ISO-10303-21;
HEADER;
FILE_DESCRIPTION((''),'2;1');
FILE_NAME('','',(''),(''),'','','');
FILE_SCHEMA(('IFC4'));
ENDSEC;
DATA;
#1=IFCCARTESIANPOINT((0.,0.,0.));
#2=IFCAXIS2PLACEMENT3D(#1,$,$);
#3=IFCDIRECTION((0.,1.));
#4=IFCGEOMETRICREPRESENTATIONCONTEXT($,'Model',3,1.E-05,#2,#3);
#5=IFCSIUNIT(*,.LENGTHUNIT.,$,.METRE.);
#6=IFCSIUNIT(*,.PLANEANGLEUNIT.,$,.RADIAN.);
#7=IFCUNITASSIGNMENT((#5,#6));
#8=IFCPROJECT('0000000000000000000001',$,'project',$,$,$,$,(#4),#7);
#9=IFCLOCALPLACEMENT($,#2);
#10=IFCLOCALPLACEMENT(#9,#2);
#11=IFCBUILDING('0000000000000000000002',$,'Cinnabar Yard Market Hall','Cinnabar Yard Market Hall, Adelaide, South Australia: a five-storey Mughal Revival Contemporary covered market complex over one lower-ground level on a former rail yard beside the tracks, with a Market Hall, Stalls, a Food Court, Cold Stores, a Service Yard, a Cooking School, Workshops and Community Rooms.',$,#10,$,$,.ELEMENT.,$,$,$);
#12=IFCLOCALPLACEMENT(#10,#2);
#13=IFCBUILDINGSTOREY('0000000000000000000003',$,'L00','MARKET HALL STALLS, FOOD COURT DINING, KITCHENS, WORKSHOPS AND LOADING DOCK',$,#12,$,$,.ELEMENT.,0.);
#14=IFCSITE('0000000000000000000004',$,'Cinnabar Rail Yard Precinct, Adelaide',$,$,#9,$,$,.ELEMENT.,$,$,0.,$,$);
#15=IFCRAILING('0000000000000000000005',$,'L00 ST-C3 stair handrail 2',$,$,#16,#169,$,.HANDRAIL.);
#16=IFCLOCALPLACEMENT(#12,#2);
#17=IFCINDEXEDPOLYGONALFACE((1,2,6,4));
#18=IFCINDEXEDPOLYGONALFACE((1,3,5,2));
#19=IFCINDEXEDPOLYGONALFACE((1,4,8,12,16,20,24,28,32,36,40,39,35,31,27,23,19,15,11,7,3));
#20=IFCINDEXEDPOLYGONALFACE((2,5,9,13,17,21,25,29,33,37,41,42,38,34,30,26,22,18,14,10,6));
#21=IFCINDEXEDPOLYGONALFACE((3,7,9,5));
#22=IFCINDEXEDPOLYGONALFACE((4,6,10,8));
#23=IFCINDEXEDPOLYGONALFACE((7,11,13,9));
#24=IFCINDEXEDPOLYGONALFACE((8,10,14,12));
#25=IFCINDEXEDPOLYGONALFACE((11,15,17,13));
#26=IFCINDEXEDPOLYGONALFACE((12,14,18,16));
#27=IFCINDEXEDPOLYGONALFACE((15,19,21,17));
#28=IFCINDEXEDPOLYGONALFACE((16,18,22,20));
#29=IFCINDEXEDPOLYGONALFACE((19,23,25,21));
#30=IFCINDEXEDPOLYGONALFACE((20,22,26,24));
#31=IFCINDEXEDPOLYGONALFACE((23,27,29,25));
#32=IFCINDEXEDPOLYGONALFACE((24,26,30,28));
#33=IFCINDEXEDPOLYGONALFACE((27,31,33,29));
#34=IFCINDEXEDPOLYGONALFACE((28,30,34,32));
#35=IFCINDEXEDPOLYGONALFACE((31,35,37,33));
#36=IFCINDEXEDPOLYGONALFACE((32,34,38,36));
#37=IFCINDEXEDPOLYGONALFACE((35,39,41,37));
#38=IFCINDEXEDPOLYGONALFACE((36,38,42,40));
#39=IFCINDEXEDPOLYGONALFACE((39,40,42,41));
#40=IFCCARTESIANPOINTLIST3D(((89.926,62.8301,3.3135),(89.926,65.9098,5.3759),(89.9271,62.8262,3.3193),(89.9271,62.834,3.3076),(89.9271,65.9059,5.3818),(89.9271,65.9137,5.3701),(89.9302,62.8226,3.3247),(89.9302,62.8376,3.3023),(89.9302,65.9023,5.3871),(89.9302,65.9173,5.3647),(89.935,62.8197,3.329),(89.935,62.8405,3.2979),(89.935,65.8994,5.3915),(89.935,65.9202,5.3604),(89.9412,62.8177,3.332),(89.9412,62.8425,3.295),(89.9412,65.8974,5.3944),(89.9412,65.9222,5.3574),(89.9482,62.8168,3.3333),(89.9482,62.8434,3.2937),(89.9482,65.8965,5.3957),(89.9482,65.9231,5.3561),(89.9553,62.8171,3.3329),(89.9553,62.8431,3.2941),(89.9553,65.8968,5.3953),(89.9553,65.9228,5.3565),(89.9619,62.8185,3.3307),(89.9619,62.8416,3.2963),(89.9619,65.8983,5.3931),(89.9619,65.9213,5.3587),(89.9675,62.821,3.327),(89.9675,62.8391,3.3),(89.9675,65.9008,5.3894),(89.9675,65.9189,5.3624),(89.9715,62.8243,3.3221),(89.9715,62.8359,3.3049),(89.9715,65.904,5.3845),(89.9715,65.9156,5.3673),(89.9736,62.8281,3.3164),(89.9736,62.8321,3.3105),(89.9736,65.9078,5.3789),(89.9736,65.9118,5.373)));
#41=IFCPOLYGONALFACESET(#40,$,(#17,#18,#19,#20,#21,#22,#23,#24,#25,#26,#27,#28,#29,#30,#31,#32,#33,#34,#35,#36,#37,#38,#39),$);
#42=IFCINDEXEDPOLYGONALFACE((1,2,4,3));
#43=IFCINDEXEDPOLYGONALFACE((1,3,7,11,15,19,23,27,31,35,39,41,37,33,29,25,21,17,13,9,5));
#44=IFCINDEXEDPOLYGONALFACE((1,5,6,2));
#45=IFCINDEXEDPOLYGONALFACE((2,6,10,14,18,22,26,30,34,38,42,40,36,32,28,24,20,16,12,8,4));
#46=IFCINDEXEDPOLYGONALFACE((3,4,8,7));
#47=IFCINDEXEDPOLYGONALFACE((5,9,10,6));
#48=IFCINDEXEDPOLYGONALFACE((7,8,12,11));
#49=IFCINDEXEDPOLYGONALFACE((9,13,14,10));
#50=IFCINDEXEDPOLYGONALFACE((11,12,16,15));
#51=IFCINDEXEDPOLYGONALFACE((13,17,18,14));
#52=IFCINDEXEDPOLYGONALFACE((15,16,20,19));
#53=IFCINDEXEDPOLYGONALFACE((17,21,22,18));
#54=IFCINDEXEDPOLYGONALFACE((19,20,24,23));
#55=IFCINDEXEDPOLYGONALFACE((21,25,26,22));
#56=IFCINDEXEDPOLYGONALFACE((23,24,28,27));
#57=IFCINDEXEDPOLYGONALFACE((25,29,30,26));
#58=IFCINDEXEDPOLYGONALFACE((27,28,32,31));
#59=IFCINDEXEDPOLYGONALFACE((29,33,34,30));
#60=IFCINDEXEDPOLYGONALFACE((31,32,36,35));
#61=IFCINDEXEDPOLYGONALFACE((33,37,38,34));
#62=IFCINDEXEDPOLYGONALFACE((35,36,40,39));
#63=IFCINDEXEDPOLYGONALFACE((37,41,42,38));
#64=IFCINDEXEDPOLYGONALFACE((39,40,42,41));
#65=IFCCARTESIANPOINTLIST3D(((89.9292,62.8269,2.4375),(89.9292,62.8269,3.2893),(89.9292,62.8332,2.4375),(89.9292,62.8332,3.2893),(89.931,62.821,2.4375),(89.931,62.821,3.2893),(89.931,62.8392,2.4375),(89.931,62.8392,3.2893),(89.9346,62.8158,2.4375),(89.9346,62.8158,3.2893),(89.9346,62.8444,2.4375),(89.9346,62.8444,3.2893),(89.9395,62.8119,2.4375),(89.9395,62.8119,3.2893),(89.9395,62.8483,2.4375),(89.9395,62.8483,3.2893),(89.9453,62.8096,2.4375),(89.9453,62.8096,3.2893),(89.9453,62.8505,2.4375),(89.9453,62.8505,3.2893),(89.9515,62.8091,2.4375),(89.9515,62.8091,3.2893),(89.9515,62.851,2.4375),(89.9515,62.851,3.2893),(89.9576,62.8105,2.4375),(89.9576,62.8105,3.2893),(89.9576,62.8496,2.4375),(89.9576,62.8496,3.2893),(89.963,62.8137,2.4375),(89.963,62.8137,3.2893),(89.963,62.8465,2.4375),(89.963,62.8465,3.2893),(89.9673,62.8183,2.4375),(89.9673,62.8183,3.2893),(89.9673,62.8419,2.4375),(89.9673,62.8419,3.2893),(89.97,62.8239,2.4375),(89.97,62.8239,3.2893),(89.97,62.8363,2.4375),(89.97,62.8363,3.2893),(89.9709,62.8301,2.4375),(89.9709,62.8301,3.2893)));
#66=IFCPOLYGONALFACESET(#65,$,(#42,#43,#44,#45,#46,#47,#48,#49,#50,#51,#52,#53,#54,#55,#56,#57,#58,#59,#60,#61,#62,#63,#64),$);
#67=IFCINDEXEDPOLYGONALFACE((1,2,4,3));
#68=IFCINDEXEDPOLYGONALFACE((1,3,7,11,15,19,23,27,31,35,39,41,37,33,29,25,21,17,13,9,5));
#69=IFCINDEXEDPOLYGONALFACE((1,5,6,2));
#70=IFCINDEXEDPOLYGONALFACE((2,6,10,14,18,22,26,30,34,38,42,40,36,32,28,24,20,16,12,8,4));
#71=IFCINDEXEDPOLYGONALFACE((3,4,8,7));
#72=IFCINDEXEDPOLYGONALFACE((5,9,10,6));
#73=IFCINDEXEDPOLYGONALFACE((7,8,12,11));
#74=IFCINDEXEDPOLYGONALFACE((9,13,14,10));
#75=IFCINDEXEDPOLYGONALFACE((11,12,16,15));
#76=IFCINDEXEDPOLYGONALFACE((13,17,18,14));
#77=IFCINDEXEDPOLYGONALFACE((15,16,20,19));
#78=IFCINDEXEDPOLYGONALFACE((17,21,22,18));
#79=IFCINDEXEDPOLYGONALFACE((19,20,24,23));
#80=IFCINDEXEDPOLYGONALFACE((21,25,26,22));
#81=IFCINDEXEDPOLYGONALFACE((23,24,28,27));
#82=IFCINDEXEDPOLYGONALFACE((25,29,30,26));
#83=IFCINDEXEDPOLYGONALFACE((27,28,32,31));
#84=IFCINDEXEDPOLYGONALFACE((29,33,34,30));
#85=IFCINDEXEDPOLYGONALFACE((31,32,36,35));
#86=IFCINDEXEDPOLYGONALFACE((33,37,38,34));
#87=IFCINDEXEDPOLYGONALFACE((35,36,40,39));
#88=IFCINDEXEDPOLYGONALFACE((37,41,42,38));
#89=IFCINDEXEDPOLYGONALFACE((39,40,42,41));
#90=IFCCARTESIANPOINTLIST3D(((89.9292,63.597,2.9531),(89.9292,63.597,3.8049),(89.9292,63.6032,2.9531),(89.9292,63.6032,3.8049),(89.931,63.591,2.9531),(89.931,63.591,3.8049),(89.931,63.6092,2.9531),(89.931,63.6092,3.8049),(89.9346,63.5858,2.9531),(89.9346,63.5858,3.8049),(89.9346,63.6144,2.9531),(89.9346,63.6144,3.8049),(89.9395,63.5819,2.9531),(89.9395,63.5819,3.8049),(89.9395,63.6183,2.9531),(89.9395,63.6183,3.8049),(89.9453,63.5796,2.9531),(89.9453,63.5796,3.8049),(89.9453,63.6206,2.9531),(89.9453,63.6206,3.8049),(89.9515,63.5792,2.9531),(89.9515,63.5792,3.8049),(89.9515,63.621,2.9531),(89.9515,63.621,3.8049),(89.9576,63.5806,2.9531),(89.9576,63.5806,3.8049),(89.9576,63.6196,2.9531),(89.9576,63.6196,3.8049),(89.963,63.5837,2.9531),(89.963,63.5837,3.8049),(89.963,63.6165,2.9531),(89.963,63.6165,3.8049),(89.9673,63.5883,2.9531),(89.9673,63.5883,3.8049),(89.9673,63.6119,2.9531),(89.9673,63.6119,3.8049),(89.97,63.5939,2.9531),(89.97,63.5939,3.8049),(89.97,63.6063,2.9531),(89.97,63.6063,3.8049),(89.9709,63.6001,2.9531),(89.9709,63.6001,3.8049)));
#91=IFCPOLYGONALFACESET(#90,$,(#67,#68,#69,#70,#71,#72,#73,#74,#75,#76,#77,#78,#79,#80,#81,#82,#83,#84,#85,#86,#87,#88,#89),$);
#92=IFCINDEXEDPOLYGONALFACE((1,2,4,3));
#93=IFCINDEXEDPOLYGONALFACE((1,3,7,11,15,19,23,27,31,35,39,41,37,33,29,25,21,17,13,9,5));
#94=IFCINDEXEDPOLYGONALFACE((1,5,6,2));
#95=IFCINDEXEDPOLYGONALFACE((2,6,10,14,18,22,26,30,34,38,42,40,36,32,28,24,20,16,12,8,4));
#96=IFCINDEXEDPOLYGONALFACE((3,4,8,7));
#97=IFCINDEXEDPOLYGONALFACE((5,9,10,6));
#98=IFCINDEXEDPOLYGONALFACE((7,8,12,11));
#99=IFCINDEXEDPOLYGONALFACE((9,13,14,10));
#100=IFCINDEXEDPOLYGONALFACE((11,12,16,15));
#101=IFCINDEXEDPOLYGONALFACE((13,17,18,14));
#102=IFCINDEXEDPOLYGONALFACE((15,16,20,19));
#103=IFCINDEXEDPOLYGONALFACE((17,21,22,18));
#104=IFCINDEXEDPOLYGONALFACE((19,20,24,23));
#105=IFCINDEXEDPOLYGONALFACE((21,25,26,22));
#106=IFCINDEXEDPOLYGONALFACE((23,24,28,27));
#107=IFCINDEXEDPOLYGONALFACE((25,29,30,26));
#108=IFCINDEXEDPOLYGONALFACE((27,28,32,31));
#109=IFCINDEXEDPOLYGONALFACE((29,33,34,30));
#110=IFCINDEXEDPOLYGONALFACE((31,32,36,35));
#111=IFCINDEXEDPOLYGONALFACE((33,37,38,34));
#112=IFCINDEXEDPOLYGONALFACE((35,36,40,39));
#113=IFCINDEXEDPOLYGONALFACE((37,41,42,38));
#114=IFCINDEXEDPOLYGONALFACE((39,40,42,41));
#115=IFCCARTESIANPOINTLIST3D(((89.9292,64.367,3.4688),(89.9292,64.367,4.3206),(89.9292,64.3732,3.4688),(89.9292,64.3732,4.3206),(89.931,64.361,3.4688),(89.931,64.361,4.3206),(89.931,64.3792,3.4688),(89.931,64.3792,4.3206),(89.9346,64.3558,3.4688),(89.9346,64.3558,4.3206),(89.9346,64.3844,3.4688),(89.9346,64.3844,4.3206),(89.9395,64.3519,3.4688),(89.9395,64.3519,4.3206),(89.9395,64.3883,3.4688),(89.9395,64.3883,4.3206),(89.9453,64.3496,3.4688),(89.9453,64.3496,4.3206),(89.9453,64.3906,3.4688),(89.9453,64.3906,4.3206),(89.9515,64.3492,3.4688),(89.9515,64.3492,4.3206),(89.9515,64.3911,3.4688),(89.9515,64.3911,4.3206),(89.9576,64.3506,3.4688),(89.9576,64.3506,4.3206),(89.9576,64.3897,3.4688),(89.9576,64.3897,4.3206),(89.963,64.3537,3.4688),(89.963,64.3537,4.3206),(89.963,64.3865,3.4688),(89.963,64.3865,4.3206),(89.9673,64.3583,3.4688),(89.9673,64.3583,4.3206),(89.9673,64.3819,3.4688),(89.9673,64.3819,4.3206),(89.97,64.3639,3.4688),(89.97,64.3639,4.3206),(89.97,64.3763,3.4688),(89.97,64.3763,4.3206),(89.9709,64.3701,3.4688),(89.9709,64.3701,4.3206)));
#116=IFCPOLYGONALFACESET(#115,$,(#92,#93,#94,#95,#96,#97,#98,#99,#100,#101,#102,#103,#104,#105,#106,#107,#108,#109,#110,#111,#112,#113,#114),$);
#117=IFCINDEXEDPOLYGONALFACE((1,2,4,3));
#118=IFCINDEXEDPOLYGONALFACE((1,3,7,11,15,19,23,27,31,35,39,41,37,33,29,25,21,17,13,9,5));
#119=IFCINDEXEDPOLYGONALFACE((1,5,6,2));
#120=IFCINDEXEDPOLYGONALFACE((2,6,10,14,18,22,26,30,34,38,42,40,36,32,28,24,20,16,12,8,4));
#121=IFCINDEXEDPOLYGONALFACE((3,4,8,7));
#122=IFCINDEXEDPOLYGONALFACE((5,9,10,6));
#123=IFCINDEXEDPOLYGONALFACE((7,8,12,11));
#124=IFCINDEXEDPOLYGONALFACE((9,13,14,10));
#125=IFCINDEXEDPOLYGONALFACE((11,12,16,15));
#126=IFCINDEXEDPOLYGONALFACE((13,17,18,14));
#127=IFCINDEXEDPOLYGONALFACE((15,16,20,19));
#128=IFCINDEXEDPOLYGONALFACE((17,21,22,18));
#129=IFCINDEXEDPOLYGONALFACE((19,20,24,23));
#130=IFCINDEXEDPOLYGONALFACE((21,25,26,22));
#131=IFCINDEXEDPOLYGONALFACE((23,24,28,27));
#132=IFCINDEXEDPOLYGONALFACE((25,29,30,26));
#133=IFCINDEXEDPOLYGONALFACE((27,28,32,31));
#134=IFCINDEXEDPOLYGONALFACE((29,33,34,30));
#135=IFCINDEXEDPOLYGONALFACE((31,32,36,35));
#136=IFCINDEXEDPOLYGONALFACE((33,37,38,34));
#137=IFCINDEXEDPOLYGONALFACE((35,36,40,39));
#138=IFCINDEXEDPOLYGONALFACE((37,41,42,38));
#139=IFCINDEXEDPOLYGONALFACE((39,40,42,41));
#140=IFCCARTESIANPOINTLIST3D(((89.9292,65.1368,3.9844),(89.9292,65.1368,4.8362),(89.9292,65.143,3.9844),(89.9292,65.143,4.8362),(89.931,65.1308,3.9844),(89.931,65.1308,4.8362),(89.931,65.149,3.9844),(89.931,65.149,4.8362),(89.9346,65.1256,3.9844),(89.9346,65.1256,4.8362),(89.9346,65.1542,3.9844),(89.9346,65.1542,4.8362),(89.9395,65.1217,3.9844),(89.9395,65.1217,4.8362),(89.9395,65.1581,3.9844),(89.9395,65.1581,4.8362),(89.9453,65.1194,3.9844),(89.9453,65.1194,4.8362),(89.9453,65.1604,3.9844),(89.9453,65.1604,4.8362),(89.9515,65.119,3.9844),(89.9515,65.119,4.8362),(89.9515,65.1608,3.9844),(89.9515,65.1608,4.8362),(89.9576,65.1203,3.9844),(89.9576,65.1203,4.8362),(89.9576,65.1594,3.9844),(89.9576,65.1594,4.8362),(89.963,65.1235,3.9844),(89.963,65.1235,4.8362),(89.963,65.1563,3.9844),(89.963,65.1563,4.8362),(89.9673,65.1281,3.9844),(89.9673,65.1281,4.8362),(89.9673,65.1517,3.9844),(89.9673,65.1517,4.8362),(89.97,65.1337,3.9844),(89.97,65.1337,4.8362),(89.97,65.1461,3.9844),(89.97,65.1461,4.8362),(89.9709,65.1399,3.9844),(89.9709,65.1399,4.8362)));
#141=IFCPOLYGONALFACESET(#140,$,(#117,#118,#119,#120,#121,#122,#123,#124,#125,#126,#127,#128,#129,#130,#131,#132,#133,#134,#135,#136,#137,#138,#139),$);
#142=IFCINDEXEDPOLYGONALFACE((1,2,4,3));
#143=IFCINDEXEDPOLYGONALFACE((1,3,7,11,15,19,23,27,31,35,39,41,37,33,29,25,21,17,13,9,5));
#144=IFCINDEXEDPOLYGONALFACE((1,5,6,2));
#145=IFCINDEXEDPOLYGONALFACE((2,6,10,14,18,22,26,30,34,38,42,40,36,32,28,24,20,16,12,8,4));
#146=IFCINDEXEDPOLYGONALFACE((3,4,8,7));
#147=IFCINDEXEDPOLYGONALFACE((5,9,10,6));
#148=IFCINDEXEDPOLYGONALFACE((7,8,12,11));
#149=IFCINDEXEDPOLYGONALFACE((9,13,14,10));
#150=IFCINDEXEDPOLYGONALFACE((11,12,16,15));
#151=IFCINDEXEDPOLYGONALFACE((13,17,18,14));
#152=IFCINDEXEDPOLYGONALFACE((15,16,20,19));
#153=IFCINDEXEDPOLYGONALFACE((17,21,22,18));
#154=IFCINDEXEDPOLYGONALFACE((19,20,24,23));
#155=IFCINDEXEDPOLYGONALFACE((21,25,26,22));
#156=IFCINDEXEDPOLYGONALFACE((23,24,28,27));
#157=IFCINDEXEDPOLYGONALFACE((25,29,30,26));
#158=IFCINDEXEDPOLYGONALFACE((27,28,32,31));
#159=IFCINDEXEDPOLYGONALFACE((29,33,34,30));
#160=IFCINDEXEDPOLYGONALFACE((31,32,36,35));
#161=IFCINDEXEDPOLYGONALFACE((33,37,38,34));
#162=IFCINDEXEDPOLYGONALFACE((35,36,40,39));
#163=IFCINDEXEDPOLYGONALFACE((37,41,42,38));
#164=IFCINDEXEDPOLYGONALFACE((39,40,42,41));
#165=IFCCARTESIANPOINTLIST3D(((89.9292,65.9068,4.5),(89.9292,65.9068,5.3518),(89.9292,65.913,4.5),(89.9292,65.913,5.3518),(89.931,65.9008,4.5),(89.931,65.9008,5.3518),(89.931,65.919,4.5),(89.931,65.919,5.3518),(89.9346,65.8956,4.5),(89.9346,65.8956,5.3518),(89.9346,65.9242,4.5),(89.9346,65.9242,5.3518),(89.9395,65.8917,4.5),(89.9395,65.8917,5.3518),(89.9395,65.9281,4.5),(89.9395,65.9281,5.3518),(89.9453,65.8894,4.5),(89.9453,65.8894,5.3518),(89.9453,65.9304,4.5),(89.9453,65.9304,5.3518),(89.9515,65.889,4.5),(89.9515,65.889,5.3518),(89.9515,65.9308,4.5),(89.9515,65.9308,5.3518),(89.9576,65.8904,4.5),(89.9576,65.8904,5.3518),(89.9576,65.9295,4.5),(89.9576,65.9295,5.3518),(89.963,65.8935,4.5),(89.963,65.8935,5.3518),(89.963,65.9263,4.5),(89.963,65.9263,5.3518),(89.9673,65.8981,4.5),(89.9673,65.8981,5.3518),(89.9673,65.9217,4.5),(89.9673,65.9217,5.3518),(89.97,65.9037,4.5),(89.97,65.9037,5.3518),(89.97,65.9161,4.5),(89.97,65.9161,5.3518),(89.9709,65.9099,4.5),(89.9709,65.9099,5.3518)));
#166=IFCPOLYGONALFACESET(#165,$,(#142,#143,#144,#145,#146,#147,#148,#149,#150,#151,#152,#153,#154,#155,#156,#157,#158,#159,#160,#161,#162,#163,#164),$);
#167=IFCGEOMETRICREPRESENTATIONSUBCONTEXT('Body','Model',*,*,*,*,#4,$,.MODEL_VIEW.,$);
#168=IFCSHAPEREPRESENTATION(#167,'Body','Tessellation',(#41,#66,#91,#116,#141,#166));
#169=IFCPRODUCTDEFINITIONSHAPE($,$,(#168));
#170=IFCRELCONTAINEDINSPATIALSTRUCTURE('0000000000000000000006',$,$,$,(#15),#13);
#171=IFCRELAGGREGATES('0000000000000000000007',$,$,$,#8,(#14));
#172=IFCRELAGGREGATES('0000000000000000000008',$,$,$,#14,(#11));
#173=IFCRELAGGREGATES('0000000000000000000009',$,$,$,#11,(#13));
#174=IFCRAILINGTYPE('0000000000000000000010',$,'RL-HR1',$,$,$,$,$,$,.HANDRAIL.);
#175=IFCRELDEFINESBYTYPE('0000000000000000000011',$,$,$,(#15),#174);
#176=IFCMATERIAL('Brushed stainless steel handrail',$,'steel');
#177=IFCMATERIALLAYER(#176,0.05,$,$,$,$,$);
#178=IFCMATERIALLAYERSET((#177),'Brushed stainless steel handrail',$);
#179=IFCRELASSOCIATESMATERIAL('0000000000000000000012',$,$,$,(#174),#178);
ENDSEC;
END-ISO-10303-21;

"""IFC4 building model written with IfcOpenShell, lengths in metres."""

from ifc_helpers import new_model, si_unit, direction, frame, origin, origin_2d_with_axis, place, context, subcontext, project, spatial, circle, extrude, material, layer, layer_set, type_object, element, save


model = new_model("IFC4")

# Units and contexts
model_context = context("Model", 3, precision=1e-05, world=origin(), true_north=direction((0.0, 1.0)))
body_context = subcontext(model_context, "Body", "Model", "MODEL_VIEW")
ifc_project = project(units=[si_unit("LENGTHUNIT", "METRE"), si_unit("PLANEANGLEUNIT", "RADIAN")], contexts=[model_context])

# Site, building, storey
site_placement = place(None, origin())
site = spatial("IfcSite", under=ifc_project, at=site_placement, Name="Cinnabar Rail Yard Precinct, Adelaide", CompositionType="ELEMENT", RefElevation=0.0)
building_placement = place(site_placement, origin())
building = spatial("IfcBuilding", under=site, at=building_placement, Name="Cinnabar Yard Market Hall", Description="Cinnabar Yard Market Hall, Adelaide, South Australia: a five-storey Mughal Revival Contemporary covered market complex over one lower-ground level on a former rail yard beside the tracks, with a Market Hall, Stalls, a Food Court, Cold Stores, a Service Yard, a Cooking School, Workshops and Community Rooms.", CompositionType="ELEMENT")
storey_placement = place(building_placement, origin())
storey = spatial("IfcBuildingStorey", under=building, at=storey_placement, Name="L00", Description="MARKET HALL STALLS, FOOD COURT DINING, KITCHENS, WORKSHOPS AND LOADING DOCK", CompositionType="ELEMENT", Elevation=0.0)

# Railing
ifc_material_1 = material(Name="Brushed stainless steel handrail", Category="steel")
ifc_layer_1 = layer(ifc_material_1, 0.05)
ifc_layer_set_1 = layer_set([ifc_layer_1], Name="Brushed stainless steel handrail")
railing_type_1 = type_object("IfcRailingType", Name="RL-HR1", PredefinedType="HANDRAIL", material=ifc_layer_set_1)
railing_1_placement = place(storey_placement, frame((89.95, 62.8301, 2.4375)))
element("IfcRailing", 1, at=railing_1_placement, inside=storey, type_object=railing_type_1, Name="L00 ST-C3 stair handrail 2", PredefinedType="HANDRAIL", context=body_context, shape_type="SweptSolid", body=[
    extrude(circle(Radius=0.0239, at=origin_2d_with_axis()), frame((0.0, 0.0, 0.876), z_axis=(0.0, 0.830893, 0.556432), x_axis=(-1.0, 0.0, 0.0)), (0.0, 0.0, 1.0), 3.7065),
    extrude(circle(Radius=0.021, at=origin_2d_with_axis()), origin(), (0.0, 0.0, 1.0), 0.8518),
    extrude(circle(Radius=0.021, at=origin_2d_with_axis()), frame((0.0, 0.77, 0.5156)), (0.0, 0.0, 1.0), 0.8518),
    extrude(circle(Radius=0.021, at=origin_2d_with_axis()), frame((0.0, 1.54, 1.0312)), (0.0, 0.0, 1.0), 0.8518),
    extrude(circle(Radius=0.021, at=origin_2d_with_axis()), frame((0.0, 2.3098, 1.5469)), (0.0, 0.0, 1.0), 0.8518),
    extrude(circle(Radius=0.021, at=origin_2d_with_axis()), frame((0.0, 3.0798, 2.0625)), (0.0, 0.0, 1.0), 0.8518),
])

save(model, "model.ifc")
